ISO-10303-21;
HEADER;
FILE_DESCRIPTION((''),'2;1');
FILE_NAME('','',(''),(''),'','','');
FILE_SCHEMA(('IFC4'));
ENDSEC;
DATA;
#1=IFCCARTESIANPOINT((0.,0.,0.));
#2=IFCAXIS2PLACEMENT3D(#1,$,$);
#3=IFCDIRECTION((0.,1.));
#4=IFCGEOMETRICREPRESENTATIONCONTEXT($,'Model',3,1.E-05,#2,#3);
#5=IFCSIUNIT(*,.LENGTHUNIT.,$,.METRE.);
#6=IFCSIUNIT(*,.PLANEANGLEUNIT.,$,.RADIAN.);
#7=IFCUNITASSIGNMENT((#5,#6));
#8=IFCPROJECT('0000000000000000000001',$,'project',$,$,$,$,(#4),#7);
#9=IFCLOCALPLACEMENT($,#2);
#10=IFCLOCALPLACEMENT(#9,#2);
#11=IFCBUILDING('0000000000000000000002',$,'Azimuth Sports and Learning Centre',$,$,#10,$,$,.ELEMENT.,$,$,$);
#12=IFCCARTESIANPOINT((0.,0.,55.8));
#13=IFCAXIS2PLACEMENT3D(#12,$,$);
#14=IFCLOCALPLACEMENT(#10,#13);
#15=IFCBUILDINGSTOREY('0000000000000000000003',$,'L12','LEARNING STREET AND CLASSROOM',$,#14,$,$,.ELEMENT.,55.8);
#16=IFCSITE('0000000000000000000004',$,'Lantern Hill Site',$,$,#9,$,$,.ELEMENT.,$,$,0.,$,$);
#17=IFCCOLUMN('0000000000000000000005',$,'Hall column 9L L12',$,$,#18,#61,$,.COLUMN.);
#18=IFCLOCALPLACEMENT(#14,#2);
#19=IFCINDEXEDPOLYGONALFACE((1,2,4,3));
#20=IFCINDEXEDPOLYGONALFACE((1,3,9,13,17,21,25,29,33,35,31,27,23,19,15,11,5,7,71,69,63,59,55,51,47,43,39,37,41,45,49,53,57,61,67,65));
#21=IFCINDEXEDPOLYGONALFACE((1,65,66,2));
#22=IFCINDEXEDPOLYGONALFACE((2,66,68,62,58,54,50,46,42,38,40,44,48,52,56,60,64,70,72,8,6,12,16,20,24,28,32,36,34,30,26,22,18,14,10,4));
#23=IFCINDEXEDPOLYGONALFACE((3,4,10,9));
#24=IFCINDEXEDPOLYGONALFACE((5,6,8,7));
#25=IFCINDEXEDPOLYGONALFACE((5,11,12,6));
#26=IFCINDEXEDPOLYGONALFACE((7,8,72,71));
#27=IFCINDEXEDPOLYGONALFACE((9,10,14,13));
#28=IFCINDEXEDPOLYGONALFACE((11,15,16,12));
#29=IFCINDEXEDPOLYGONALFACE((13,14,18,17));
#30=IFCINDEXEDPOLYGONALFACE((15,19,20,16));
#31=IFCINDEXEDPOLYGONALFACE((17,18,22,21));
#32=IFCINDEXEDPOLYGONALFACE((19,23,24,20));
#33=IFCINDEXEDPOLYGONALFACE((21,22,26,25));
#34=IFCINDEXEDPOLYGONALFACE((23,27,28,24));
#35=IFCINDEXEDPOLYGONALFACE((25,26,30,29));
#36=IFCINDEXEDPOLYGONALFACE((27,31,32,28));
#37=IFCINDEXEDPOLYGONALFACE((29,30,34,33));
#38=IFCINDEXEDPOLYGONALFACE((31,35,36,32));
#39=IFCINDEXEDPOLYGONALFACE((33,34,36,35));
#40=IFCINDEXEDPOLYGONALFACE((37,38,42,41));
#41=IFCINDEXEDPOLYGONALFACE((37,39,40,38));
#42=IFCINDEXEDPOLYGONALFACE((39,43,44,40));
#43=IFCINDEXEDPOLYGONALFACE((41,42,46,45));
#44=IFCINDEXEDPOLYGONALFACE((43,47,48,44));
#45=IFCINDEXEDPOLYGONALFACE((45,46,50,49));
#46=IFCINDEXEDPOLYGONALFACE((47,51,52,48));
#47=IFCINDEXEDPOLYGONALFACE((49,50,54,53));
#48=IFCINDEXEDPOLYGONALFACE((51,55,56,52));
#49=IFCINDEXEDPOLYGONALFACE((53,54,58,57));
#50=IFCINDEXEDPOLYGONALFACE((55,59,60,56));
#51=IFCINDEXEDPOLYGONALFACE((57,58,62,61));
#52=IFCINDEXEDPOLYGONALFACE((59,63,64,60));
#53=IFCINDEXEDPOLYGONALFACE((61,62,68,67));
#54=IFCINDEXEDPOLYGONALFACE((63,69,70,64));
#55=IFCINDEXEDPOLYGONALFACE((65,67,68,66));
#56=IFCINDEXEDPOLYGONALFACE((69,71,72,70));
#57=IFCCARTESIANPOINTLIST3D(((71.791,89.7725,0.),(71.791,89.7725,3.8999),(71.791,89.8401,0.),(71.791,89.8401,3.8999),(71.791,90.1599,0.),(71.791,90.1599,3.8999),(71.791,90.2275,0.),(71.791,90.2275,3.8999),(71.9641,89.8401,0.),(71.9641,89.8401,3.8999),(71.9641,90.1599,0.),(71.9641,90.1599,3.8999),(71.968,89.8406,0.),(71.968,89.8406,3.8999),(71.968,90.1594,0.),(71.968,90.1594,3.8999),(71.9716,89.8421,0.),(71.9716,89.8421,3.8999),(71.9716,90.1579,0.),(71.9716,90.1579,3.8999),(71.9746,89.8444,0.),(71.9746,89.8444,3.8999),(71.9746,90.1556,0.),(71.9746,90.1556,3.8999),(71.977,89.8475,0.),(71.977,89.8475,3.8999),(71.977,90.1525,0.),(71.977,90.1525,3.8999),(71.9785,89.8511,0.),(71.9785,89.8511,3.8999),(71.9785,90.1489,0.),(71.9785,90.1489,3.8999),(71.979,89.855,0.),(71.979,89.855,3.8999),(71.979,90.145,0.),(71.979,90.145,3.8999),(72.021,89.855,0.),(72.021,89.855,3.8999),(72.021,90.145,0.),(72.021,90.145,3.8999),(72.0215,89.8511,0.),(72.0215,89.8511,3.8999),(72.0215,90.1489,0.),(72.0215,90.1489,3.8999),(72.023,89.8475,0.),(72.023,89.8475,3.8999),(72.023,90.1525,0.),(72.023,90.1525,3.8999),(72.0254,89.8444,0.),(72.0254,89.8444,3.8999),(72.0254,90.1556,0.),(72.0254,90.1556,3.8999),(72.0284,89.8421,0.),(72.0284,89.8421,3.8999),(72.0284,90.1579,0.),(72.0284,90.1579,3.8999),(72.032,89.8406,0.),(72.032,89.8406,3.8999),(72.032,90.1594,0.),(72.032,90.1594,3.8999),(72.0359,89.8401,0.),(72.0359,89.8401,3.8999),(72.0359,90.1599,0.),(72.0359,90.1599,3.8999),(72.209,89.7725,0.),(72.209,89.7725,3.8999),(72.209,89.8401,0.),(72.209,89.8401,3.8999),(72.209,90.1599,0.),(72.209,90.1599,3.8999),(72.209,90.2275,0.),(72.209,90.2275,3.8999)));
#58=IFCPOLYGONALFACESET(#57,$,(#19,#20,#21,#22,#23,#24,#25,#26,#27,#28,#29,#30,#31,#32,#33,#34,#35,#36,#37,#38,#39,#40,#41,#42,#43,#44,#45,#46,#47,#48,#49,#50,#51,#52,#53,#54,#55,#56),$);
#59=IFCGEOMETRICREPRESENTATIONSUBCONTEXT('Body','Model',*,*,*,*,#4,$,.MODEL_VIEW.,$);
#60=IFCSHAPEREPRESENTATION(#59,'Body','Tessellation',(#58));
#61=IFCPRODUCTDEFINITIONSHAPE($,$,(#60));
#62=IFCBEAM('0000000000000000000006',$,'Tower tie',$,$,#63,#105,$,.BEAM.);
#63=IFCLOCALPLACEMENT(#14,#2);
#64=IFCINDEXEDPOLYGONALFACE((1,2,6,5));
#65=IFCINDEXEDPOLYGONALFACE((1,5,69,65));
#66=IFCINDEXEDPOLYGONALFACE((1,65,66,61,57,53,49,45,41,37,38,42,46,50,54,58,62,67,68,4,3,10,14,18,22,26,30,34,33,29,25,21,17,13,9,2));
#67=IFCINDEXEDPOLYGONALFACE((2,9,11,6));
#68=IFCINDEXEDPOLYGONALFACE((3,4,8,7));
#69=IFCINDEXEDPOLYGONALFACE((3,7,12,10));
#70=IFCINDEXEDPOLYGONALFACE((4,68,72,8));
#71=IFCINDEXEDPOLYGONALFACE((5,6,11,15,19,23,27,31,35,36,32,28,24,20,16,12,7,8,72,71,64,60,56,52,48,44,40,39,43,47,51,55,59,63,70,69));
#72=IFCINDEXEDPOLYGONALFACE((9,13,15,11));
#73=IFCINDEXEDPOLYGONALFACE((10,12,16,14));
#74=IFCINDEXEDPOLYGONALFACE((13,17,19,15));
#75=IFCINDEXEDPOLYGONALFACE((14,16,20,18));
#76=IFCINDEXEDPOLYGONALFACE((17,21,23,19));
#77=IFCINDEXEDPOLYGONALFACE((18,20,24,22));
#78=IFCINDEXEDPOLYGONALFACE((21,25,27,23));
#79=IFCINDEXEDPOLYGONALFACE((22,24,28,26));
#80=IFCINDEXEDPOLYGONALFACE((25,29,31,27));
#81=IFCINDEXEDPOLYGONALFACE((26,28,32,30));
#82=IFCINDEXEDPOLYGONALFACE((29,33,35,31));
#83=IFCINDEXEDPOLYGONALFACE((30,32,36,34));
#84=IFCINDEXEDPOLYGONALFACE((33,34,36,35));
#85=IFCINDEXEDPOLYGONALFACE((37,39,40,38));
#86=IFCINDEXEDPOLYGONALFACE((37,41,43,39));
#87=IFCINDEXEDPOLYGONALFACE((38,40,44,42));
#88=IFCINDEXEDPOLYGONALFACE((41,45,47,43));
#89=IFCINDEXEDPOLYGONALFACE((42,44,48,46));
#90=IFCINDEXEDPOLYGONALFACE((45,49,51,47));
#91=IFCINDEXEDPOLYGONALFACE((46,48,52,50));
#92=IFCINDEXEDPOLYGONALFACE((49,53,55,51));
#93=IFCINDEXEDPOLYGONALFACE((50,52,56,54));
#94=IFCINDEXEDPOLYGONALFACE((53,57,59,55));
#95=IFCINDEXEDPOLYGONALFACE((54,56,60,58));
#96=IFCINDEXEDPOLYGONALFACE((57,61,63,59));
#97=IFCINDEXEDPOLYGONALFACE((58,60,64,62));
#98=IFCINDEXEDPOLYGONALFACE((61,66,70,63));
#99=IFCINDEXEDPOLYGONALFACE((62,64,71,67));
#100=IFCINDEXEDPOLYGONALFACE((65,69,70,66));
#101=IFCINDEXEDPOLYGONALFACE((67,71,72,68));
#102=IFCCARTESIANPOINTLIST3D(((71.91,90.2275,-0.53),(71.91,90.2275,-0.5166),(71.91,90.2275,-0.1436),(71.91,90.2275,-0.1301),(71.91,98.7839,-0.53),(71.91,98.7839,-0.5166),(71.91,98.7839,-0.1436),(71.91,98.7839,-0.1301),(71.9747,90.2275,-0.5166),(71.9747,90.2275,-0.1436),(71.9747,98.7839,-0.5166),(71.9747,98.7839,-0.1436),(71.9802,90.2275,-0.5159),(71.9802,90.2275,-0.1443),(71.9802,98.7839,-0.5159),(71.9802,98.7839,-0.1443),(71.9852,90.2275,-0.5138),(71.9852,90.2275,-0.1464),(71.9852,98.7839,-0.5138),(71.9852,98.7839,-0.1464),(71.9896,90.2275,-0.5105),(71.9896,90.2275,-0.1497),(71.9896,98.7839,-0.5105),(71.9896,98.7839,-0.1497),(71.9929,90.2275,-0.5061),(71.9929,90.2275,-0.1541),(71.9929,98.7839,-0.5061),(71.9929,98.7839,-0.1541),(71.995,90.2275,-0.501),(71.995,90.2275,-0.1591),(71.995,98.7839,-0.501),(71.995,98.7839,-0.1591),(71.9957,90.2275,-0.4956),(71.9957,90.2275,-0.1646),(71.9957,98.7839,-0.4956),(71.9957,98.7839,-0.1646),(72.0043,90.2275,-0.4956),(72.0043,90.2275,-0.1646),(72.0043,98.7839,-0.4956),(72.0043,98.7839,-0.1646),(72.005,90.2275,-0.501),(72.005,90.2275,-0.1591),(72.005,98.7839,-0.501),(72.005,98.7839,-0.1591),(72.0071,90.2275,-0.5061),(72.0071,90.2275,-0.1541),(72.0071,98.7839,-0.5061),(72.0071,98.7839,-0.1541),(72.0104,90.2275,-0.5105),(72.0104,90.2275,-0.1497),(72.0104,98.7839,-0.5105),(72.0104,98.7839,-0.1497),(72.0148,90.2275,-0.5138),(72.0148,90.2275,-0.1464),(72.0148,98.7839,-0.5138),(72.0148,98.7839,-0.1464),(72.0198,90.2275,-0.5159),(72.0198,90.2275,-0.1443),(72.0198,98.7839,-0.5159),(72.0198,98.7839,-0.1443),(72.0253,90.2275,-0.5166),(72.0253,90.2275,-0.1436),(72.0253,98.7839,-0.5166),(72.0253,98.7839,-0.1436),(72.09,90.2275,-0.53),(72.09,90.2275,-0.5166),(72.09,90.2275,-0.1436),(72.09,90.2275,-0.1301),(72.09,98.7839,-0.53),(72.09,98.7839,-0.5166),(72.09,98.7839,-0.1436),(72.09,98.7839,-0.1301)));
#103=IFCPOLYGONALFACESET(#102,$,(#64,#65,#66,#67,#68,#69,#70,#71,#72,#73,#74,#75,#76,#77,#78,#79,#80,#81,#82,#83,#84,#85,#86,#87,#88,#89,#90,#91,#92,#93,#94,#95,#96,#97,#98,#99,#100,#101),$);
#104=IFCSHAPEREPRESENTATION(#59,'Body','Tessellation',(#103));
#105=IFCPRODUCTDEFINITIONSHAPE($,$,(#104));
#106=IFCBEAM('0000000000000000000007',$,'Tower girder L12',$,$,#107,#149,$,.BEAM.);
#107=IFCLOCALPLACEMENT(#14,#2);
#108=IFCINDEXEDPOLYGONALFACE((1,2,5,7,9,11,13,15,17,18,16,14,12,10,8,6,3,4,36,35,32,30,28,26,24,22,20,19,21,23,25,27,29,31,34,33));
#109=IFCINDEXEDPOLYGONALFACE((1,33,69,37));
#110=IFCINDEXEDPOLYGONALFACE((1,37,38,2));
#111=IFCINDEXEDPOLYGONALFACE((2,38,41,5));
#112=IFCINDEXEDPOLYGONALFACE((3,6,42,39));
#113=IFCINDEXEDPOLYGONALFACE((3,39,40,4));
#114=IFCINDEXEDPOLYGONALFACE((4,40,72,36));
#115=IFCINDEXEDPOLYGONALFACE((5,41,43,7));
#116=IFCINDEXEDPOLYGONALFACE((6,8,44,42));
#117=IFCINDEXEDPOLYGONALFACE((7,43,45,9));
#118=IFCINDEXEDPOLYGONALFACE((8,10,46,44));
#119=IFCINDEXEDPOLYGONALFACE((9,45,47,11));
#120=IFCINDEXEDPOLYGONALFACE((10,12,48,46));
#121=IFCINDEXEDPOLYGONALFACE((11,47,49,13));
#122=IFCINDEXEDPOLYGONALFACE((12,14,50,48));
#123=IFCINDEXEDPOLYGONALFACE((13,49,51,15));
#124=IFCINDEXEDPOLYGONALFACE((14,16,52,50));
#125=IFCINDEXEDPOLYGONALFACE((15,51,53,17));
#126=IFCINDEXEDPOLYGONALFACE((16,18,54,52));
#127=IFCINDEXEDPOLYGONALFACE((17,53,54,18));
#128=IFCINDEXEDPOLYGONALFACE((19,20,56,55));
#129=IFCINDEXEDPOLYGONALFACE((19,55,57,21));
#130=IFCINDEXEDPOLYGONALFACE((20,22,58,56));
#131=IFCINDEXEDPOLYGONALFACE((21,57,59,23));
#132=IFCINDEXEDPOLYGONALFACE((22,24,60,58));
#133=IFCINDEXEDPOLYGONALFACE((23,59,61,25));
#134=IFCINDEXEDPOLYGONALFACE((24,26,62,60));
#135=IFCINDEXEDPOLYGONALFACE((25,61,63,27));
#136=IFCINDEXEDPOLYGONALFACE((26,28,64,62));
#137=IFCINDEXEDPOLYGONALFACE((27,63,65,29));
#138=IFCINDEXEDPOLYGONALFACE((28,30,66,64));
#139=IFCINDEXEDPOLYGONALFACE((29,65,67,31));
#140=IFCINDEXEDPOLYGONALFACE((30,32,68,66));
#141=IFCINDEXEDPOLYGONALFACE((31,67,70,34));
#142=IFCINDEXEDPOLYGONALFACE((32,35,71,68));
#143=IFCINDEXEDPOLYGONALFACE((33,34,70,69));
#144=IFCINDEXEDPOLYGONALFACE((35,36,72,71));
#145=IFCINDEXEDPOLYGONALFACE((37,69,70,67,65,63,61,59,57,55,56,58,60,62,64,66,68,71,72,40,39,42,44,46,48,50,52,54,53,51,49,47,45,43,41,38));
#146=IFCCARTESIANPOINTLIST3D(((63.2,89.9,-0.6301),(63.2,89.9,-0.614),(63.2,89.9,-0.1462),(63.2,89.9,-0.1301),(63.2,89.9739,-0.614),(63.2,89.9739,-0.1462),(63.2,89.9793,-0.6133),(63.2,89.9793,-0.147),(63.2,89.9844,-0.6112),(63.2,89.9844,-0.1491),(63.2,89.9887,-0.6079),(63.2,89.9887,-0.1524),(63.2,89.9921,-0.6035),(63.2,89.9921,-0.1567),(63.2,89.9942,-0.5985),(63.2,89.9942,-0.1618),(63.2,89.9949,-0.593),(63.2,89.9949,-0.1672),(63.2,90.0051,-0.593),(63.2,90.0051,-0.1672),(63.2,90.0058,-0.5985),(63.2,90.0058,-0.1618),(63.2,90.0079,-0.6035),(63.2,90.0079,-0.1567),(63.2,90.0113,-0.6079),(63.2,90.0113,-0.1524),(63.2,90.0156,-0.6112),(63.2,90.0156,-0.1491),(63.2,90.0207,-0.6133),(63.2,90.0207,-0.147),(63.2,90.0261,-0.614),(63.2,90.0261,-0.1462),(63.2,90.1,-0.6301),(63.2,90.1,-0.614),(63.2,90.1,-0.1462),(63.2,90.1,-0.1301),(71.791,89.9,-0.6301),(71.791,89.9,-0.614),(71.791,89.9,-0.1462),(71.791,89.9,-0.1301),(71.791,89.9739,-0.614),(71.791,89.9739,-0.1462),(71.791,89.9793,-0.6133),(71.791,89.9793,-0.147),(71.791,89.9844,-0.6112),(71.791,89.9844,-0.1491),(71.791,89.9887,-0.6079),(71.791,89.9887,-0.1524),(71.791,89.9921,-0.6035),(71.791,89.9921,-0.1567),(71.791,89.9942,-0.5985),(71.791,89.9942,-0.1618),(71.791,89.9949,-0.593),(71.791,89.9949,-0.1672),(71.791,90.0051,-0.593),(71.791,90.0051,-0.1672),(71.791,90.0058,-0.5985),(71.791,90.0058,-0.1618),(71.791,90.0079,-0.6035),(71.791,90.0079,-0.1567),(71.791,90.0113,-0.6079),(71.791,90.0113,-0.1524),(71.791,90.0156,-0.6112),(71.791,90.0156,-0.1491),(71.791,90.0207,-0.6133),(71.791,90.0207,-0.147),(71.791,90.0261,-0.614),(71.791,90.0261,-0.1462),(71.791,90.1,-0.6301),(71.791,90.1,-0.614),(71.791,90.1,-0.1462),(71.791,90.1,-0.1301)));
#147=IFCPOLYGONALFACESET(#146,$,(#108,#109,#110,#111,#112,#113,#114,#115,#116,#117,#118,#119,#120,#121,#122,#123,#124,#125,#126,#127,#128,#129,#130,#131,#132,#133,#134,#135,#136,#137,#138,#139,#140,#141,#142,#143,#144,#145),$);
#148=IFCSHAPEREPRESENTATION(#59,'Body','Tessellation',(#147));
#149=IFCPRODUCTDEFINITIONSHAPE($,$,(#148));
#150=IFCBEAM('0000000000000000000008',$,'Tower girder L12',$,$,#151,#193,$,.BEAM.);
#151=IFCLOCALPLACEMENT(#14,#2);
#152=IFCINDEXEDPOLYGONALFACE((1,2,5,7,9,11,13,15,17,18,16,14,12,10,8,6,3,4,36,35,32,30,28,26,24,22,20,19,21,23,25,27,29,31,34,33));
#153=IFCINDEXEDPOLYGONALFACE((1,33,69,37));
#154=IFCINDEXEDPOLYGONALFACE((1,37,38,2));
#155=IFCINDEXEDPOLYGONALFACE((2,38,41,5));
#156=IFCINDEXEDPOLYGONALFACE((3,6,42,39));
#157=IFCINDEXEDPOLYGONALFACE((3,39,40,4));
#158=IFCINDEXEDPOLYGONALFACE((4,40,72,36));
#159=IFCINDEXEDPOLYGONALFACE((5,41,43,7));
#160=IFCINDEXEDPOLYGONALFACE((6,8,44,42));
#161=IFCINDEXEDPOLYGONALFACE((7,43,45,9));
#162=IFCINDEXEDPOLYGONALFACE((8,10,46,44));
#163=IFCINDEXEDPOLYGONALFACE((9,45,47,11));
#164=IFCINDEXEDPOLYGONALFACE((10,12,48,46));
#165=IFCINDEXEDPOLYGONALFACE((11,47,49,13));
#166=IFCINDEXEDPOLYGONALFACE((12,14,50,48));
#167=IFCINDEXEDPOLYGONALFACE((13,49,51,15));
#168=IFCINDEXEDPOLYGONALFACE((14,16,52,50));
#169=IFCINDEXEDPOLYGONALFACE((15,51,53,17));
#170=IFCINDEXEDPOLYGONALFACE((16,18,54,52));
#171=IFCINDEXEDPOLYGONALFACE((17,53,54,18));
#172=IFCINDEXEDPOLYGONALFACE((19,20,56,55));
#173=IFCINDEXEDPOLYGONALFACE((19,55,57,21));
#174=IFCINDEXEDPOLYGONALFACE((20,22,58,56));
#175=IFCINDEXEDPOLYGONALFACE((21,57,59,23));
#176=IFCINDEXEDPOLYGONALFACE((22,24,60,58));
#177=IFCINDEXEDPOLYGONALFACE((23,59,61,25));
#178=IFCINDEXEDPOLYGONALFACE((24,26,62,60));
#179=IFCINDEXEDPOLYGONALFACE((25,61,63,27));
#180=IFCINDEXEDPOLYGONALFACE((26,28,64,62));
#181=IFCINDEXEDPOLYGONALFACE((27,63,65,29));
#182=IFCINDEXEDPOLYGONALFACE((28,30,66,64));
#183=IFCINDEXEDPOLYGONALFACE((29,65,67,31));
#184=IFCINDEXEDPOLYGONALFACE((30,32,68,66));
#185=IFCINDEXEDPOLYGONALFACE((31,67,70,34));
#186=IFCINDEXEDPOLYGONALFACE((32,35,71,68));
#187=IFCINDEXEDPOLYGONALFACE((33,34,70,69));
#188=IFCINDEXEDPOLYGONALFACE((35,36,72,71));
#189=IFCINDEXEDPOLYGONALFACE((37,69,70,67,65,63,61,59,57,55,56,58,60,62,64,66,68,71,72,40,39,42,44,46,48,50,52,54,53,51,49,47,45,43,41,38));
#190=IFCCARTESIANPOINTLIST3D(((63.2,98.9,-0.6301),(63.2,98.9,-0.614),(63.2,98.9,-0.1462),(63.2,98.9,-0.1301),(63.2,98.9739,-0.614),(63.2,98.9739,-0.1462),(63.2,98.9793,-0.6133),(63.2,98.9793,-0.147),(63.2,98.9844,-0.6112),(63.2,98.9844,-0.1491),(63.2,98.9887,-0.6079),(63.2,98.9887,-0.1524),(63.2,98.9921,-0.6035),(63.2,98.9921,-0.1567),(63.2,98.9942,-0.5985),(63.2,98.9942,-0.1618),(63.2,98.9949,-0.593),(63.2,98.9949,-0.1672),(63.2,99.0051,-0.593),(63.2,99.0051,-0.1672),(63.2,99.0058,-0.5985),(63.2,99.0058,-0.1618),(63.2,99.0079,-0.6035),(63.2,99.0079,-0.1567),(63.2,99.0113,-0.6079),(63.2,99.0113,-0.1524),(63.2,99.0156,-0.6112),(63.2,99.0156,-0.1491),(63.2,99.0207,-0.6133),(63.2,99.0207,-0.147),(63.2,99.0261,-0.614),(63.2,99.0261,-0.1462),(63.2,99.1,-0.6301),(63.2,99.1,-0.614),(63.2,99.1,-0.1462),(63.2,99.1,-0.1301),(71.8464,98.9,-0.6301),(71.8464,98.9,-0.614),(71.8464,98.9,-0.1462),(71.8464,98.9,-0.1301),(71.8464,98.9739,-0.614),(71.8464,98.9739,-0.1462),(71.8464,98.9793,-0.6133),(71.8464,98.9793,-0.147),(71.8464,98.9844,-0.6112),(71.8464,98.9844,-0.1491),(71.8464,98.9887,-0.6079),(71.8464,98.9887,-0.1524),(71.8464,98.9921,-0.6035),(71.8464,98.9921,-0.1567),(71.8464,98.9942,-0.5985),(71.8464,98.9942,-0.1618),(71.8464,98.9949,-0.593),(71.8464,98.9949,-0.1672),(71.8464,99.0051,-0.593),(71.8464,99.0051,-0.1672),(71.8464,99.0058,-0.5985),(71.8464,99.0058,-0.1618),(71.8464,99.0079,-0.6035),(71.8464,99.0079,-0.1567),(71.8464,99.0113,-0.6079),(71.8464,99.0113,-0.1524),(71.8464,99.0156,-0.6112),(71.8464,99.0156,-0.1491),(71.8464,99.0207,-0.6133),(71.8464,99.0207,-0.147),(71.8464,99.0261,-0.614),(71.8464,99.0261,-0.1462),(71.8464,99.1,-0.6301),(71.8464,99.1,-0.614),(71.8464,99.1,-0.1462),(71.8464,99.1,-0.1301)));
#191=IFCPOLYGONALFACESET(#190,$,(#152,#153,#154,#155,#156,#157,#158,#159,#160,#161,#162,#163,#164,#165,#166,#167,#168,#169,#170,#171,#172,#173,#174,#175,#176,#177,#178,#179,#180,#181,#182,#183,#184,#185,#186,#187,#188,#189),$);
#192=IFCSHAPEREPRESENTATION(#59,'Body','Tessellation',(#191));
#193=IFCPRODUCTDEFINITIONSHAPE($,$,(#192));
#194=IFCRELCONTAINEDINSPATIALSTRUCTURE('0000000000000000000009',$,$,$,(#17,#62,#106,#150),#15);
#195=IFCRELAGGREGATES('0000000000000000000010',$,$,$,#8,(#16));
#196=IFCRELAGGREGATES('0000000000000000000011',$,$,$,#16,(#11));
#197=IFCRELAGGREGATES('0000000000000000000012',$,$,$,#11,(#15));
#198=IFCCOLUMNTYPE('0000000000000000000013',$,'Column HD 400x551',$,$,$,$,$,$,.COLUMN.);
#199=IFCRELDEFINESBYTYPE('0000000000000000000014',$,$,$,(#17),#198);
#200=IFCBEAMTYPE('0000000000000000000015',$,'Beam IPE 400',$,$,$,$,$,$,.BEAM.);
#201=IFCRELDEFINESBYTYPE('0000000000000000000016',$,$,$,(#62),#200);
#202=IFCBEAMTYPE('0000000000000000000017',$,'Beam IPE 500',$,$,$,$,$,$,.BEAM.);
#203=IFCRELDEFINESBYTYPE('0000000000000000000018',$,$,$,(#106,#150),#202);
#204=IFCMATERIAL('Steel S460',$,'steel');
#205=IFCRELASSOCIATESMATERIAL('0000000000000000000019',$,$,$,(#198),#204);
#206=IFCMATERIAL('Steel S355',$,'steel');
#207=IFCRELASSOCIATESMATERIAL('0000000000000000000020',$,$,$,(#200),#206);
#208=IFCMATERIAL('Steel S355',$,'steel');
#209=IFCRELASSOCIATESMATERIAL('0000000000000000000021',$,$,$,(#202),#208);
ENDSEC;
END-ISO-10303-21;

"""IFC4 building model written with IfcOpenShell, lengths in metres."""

from ifc_helpers import new_model, si_unit, direction, frame, origin, origin_2d, place, context, subcontext, project, spatial, i_section, extrude, material, material_profile, profile_set, type_object, element, save


model = new_model("IFC4")

# Units and contexts
model_context = context("Model", 3, precision=1e-05, world=origin(), true_north=direction((0.0, 1.0)))
body_context = subcontext(model_context, "Body", "Model", "MODEL_VIEW")
ifc_project = project(units=[si_unit("LENGTHUNIT", "METRE"), si_unit("PLANEANGLEUNIT", "RADIAN")], contexts=[model_context])

# Site, building, storey
site_placement = place(None, origin())
site = spatial("IfcSite", under=ifc_project, at=site_placement, Name="Lantern Hill Site", CompositionType="ELEMENT", RefElevation=0.0)
building_placement = place(site_placement, origin())
building = spatial("IfcBuilding", under=site, at=building_placement, Name="Azimuth Sports and Learning Centre", CompositionType="ELEMENT")
storey_placement = place(building_placement, frame((0.0, 0.0, 55.8)))
storey = spatial("IfcBuildingStorey", under=building, at=storey_placement, Name="L12", Description="LEARNING STREET AND CLASSROOM", CompositionType="ELEMENT", Elevation=55.8)

# Column
ifc_material_1 = material(Name="Steel S460", Category="steel")
ifc_material_profile_1 = material_profile(ifc_material_1, i_section(OverallWidth=0.418, OverallDepth=0.4551, WebThickness=0.042, FlangeThickness=0.0676, FilletRadius=0.0149, at=origin_2d()), Name="HD 400x551")
ifc_profile_set_1 = profile_set([ifc_material_profile_1], Name="Steel S460")
column_type = type_object("IfcColumnType", Name="Column HD 400x551", PredefinedType="COLUMN", material=ifc_profile_set_1)
column_placement = place(storey_placement, frame((72.0, 90.0, 0.0), z_axis=(0.0, 0.0, 1.0), x_axis=(1.0, 0.0, 0.0)))
element("IfcColumn", 1, at=column_placement, inside=storey, type_object=column_type, Name="Hall column 9L L12", PredefinedType="COLUMN", context=body_context, shape_type="SweptSolid", body=[
    extrude(i_section(OverallWidth=0.418, OverallDepth=0.4551, WebThickness=0.042, FlangeThickness=0.0676, FilletRadius=0.0149, at=origin_2d()), origin(), (0.0, 0.0, 1.0), 3.8999),
])

# Beams
ifc_material_2 = material(Name="Steel S355", Category="steel")
ifc_material_profile_2 = material_profile(ifc_material_2, i_section(OverallWidth=0.1799, OverallDepth=0.3999, WebThickness=0.0085, FlangeThickness=0.0134, FilletRadius=0.021, at=origin_2d()), Name="IPE 400")
ifc_profile_set_2 = profile_set([ifc_material_profile_2], Name="Steel S355")
beam_type_1 = type_object("IfcBeamType", Name="Beam IPE 400", PredefinedType="BEAM", material=ifc_profile_set_2)
beam_1_placement = place(storey_placement, frame((72.0, 90.2275, -0.3301), z_axis=(0.0, 1.0, 0.0), x_axis=(-1.0, 0.0, 0.0)))
element("IfcBeam", 2, at=beam_1_placement, inside=storey, type_object=beam_type_1, Name="Tower tie", PredefinedType="BEAM", context=body_context, shape_type="SweptSolid", body=[
    extrude(i_section(OverallWidth=0.1799, OverallDepth=0.3999, WebThickness=0.0085, FlangeThickness=0.0134, FilletRadius=0.021, at=origin_2d()), origin(), (0.0, 0.0, 1.0), 8.5564),
])
ifc_material_3 = material(Name="Steel S355", Category="steel")
ifc_material_profile_3 = material_profile(ifc_material_3, i_section(OverallWidth=0.2, OverallDepth=0.5, WebThickness=0.0103, FlangeThickness=0.0161, FilletRadius=0.021, at=origin_2d()), Name="IPE 500")
ifc_profile_set_3 = profile_set([ifc_material_profile_3], Name="Steel S355")
beam_type_2 = type_object("IfcBeamType", Name="Beam IPE 500", PredefinedType="BEAM", material=ifc_profile_set_3)
beam_2_placement = place(storey_placement, frame((63.2, 90.0, -0.3801), z_axis=(1.0, 0.0, 0.0), x_axis=(0.0, 1.0, 0.0)))
element("IfcBeam", 3, at=beam_2_placement, inside=storey, type_object=beam_type_2, Name="Tower girder L12", PredefinedType="BEAM", context=body_context, shape_type="SweptSolid", body=[
    extrude(i_section(OverallWidth=0.2, OverallDepth=0.5, WebThickness=0.0103, FlangeThickness=0.0161, FilletRadius=0.021, at=origin_2d()), origin(), (0.0, 0.0, 1.0), 8.5911),
])
beam_3_placement = place(storey_placement, frame((63.2, 99.0, -0.3801), z_axis=(1.0, 0.0, 0.0), x_axis=(0.0, 1.0, 0.0)))
element("IfcBeam", 4, at=beam_3_placement, inside=storey, type_object=beam_type_2, Name="Tower girder L12", PredefinedType="BEAM", context=body_context, shape_type="SweptSolid", body=[
    extrude(i_section(OverallWidth=0.2, OverallDepth=0.5, WebThickness=0.0103, FlangeThickness=0.0161, FilletRadius=0.021, at=origin_2d()), origin(), (0.0, 0.0, 1.0), 8.6465),
])

save(model, "model.ifc")
